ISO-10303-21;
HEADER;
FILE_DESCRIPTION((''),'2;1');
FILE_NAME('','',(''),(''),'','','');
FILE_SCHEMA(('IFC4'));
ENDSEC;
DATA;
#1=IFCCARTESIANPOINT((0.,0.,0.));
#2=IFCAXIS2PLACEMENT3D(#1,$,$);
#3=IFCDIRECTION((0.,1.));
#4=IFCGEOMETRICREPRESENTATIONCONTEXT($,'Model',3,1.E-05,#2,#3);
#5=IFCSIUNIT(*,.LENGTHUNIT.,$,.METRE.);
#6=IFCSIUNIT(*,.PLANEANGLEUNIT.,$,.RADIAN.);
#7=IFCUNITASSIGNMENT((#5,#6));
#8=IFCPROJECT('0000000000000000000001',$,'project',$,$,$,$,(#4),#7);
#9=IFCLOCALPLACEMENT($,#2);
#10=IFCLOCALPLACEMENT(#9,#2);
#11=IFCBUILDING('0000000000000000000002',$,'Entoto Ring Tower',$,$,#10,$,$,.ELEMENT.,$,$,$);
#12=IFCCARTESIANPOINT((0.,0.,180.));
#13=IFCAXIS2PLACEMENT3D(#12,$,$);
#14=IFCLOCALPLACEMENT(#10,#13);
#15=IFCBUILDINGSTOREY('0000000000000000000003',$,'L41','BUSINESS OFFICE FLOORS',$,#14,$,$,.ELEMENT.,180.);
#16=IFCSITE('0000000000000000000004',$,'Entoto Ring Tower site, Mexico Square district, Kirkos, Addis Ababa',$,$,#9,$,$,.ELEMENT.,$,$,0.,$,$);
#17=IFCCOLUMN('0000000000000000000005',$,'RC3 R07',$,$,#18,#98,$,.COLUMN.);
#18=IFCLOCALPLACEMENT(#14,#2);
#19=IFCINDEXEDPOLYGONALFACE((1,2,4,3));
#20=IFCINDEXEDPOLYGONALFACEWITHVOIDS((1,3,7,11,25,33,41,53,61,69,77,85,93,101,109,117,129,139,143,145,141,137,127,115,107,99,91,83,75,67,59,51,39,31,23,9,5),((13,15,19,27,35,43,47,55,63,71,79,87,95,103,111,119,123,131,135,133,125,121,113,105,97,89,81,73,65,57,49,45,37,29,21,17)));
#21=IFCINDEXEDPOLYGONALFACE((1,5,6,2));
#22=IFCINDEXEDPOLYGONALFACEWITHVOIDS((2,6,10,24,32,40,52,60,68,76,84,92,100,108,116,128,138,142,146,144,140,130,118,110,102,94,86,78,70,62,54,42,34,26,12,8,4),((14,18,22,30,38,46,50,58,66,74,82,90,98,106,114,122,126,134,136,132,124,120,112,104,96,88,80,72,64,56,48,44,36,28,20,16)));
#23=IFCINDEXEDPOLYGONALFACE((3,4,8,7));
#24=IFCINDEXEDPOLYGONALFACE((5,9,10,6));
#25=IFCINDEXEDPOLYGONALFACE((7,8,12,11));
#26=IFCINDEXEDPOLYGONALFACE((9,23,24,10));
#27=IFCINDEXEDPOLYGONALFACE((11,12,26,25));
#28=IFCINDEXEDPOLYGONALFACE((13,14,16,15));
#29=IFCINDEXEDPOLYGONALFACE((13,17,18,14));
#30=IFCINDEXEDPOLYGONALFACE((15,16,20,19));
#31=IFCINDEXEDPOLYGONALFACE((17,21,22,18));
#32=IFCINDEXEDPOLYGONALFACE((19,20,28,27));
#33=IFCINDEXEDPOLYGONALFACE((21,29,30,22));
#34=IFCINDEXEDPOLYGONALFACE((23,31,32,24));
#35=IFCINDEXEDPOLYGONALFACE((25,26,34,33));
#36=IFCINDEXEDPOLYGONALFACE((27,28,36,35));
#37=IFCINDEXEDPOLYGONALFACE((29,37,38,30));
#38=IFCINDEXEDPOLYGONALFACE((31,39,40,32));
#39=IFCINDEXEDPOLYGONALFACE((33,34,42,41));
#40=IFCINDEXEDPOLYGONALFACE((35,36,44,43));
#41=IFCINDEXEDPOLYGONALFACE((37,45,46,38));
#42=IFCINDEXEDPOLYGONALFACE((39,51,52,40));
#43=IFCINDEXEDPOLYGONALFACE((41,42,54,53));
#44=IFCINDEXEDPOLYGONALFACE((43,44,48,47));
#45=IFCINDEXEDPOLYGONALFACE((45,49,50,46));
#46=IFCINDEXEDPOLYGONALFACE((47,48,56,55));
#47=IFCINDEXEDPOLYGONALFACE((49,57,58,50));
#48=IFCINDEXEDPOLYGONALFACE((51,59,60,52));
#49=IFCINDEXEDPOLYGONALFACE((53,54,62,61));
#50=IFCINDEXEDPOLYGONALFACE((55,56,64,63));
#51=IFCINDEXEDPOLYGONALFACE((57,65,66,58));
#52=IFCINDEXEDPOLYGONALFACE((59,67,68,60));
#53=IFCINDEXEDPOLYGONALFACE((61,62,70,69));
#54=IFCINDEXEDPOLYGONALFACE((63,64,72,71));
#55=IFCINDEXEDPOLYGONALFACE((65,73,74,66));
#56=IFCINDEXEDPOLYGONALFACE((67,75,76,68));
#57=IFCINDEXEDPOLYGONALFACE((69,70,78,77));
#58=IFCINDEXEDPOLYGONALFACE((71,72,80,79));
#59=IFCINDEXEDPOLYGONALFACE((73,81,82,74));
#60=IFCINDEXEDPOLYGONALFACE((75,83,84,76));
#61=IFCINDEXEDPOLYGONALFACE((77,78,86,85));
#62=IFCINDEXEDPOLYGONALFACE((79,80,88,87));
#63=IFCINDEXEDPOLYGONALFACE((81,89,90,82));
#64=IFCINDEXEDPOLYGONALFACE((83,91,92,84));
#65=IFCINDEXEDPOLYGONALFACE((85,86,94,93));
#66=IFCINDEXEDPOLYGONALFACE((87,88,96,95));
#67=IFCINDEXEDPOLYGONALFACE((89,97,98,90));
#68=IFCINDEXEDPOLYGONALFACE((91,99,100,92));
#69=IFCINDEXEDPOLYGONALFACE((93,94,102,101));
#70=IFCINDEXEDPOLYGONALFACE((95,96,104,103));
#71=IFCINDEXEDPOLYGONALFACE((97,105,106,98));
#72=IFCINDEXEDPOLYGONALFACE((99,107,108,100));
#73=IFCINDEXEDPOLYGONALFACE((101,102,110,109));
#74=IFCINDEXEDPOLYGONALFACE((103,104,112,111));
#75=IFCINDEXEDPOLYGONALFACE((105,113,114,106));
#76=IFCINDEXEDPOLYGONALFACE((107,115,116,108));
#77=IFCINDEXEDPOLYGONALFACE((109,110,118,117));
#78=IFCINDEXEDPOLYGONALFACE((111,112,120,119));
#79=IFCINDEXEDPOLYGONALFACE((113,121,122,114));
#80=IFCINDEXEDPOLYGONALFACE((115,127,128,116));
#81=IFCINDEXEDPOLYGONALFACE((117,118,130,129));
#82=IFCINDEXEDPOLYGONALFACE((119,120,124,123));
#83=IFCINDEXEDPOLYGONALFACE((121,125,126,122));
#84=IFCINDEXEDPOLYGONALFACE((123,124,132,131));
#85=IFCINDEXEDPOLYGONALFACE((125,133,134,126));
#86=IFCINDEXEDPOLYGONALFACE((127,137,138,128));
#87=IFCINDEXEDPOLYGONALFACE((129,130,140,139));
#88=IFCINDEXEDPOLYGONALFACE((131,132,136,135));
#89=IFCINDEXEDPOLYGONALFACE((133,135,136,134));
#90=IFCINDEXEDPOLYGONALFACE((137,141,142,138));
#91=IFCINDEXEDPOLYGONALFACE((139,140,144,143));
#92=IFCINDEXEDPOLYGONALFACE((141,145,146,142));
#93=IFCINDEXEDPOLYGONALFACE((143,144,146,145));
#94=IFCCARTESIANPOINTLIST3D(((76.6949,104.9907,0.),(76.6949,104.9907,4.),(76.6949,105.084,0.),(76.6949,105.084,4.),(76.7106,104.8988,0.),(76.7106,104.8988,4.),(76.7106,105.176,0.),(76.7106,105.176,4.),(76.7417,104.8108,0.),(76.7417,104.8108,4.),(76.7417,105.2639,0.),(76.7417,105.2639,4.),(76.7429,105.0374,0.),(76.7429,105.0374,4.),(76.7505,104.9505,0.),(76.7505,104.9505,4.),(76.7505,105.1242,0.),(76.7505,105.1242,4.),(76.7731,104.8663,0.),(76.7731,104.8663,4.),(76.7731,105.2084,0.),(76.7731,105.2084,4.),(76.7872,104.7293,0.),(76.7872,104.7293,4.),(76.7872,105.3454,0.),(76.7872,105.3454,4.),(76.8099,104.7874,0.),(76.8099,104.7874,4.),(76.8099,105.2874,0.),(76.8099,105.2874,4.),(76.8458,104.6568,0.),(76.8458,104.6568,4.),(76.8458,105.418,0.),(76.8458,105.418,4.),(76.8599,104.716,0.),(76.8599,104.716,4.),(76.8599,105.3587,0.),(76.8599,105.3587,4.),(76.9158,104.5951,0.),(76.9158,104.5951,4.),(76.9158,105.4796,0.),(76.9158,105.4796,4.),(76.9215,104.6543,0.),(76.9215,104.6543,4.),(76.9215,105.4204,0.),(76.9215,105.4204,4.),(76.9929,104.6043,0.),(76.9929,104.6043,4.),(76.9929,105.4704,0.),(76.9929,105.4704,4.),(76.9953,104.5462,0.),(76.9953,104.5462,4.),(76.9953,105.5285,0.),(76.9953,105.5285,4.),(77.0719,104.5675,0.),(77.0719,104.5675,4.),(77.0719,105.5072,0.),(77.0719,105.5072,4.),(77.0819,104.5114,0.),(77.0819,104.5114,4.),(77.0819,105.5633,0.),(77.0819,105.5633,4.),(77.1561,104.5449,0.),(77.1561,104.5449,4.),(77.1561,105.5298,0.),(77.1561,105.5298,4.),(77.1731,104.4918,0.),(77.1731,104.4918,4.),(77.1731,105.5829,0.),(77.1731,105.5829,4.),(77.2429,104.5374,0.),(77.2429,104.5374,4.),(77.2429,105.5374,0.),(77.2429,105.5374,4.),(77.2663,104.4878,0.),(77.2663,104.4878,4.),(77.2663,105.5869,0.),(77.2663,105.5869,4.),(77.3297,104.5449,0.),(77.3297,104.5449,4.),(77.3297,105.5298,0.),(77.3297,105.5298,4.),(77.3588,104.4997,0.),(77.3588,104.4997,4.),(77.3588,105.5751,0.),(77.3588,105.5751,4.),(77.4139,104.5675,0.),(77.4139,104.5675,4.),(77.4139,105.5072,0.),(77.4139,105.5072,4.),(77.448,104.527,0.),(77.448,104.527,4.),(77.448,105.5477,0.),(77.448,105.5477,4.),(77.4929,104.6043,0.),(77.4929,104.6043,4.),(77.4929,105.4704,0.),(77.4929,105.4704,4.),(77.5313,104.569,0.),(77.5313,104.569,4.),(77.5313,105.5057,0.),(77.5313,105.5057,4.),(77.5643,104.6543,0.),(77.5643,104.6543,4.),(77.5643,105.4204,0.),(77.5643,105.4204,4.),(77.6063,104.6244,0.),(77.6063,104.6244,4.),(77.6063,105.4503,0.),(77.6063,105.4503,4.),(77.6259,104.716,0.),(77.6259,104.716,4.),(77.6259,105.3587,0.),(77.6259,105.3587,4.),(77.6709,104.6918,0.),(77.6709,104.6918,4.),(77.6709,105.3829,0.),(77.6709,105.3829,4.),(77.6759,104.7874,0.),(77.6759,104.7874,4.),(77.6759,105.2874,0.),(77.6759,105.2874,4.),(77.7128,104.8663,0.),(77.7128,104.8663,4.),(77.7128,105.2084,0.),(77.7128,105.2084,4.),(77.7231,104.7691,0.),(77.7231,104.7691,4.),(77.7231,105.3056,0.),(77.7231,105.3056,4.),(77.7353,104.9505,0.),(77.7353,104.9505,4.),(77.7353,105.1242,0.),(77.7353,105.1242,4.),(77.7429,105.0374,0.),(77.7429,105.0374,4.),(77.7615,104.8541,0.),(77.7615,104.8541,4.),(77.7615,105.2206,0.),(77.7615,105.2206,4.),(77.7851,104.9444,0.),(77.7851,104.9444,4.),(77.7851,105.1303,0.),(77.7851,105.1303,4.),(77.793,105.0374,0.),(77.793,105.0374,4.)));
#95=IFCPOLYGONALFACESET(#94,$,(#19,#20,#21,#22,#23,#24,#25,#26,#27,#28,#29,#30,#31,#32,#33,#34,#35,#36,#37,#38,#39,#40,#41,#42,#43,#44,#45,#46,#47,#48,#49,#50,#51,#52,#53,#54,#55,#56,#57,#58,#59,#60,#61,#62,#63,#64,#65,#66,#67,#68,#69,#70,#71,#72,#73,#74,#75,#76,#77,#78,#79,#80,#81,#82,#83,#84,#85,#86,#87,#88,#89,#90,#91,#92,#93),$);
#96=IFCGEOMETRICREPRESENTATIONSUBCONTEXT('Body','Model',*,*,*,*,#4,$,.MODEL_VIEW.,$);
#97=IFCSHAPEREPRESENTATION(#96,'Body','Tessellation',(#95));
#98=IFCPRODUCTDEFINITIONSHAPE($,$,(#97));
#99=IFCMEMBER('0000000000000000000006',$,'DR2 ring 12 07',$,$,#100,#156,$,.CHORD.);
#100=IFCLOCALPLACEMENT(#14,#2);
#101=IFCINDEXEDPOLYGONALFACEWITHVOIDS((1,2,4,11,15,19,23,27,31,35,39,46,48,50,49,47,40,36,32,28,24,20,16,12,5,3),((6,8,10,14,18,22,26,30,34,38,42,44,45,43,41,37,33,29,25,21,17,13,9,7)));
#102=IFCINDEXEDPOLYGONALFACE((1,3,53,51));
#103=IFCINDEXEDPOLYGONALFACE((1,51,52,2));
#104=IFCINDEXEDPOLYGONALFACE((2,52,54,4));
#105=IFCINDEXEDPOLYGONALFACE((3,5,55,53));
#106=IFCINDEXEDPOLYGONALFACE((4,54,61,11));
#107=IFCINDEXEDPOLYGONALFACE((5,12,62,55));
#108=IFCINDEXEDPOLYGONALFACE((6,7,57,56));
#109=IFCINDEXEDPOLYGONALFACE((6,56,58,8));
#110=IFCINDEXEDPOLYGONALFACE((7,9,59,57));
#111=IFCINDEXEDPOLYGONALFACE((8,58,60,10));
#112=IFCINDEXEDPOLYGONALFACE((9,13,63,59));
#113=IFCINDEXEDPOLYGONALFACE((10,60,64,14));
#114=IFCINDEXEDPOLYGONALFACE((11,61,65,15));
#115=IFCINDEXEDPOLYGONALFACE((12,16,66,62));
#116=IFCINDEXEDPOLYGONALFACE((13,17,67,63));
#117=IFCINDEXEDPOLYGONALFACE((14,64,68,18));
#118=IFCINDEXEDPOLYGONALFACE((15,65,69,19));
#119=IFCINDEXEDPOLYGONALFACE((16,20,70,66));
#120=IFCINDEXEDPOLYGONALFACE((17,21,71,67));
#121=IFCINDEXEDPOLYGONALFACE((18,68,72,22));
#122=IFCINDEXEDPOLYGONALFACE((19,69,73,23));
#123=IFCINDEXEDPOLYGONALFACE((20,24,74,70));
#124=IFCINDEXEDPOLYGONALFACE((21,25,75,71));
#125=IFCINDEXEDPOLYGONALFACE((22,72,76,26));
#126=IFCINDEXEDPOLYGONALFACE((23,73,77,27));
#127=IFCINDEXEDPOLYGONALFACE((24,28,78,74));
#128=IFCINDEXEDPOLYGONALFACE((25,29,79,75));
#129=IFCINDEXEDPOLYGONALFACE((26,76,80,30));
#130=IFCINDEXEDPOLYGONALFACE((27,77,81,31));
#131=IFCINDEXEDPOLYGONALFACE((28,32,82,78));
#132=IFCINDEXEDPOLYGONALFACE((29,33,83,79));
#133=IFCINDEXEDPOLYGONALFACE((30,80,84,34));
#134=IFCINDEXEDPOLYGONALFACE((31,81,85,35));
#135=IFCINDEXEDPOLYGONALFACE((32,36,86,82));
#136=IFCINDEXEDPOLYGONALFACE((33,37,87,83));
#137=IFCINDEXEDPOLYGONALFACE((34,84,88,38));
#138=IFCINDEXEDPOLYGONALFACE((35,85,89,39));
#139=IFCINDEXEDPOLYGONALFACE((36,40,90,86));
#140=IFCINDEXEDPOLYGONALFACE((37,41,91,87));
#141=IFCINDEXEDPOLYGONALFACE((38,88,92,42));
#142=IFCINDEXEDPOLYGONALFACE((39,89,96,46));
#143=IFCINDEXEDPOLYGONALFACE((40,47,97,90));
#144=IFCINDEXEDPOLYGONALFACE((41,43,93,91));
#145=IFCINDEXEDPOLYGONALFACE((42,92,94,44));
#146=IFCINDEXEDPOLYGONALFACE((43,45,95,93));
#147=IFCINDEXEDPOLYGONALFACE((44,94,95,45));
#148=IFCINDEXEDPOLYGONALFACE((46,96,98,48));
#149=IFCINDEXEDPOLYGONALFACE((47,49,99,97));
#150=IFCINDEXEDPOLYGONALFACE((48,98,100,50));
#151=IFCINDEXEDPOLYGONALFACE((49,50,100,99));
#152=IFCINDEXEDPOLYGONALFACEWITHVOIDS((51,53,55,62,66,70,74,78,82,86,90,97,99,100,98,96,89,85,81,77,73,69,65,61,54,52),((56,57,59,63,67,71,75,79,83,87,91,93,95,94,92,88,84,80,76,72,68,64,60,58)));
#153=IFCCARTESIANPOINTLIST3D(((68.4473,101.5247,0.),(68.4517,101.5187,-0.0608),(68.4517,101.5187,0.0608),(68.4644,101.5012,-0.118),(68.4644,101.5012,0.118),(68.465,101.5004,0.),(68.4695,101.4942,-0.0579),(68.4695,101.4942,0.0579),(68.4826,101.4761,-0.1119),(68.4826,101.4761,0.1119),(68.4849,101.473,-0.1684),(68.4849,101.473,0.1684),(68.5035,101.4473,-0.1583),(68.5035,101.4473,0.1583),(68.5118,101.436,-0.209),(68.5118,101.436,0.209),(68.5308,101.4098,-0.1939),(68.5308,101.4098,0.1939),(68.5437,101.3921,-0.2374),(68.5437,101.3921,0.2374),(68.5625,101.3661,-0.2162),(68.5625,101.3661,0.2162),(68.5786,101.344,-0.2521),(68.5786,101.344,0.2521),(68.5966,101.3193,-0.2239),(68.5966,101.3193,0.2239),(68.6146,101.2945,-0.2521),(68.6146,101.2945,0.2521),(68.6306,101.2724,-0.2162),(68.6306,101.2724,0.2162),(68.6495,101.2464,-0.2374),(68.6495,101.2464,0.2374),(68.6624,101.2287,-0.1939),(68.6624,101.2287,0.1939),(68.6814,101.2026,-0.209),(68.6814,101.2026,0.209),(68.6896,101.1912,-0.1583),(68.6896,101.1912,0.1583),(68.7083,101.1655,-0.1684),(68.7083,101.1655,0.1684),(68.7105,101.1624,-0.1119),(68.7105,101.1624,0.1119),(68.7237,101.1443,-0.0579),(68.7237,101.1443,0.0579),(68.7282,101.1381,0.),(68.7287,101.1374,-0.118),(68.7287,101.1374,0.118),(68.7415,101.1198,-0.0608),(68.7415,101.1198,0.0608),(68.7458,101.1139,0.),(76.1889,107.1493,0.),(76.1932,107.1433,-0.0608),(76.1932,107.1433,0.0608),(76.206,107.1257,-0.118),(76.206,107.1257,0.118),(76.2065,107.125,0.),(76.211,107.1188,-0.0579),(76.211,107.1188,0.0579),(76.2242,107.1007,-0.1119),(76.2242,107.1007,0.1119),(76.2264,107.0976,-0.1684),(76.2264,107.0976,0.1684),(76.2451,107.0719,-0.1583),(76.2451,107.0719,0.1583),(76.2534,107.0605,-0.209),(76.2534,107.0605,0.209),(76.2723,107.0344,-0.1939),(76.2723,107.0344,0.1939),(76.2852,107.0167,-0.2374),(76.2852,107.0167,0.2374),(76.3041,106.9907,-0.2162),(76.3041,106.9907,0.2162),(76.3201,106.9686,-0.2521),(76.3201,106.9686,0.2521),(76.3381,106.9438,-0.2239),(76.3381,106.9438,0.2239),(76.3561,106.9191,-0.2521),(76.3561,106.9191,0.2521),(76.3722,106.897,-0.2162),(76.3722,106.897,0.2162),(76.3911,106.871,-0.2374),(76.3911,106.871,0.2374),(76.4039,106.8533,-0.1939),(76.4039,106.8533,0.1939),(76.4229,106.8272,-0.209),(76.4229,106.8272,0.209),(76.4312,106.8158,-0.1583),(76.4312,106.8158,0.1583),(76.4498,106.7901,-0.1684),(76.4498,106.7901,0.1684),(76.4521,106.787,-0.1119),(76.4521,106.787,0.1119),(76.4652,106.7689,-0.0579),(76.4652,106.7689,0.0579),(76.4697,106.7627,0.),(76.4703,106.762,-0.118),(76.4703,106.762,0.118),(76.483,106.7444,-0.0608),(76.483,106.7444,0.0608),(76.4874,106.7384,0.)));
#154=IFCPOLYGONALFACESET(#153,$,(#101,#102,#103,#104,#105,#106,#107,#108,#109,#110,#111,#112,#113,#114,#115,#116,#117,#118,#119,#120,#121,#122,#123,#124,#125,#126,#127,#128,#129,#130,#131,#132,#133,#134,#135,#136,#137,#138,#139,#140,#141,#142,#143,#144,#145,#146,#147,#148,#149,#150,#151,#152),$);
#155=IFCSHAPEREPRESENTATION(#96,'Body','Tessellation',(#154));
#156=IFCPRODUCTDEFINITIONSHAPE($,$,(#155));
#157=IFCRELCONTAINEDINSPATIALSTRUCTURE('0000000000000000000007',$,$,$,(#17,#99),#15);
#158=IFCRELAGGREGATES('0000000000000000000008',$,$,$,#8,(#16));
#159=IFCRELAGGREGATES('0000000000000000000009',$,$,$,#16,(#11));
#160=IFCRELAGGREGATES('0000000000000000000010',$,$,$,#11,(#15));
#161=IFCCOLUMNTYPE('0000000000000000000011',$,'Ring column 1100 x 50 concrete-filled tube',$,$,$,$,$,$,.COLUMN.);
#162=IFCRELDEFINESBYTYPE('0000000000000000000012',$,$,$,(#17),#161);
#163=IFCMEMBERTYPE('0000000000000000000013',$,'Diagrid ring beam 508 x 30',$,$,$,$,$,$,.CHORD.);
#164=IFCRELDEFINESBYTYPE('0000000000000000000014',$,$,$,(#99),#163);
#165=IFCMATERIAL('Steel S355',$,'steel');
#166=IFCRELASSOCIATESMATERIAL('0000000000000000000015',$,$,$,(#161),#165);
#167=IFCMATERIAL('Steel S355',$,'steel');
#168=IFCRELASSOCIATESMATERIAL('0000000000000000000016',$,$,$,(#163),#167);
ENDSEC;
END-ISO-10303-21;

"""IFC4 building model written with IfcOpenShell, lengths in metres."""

from ifc_helpers import new_model, si_unit, direction, frame, origin, origin_2d, place, context, subcontext, project, spatial, circle, hollow_circle, extrude, material, material_profile, profile_set, type_object, element, save


model = new_model("IFC4")

# Units and contexts
model_context = context("Model", 3, precision=1e-05, world=origin(), true_north=direction((0.0, 1.0)))
body_context = subcontext(model_context, "Body", "Model", "MODEL_VIEW")
ifc_project = project(units=[si_unit("LENGTHUNIT", "METRE"), si_unit("PLANEANGLEUNIT", "RADIAN")], contexts=[model_context])

# Site, building, storey
site_placement = place(None, origin())
site = spatial("IfcSite", under=ifc_project, at=site_placement, Name="Entoto Ring Tower site, Mexico Square district, Kirkos, Addis Ababa", CompositionType="ELEMENT", RefElevation=0.0)
building_placement = place(site_placement, origin())
building = spatial("IfcBuilding", under=site, at=building_placement, Name="Entoto Ring Tower", CompositionType="ELEMENT")
storey_placement = place(building_placement, frame((0.0, 0.0, 180.0)))
storey = spatial("IfcBuildingStorey", under=building, at=storey_placement, Name="L41", Description="BUSINESS OFFICE FLOORS", CompositionType="ELEMENT", Elevation=180.0)

# Column
ifc_material_1 = material(Name="Steel S355", Category="steel")
ifc_material_profile_1 = material_profile(ifc_material_1, hollow_circle(Radius=0.55, WallThickness=0.05, at=origin_2d()), Name="CHS 1100 x 50")
ifc_material_2 = material(Name="Concrete C60/75", Category="concrete")
ifc_material_profile_2 = material_profile(ifc_material_2, circle(Radius=0.5, at=origin_2d()), Name="Concrete C60/75 infill")
ifc_profile_set_1 = profile_set([ifc_material_profile_1, ifc_material_profile_2], Name="Steel S355")
column_type = type_object("IfcColumnType", Name="Ring column 1100 x 50 concrete-filled tube", PredefinedType="COLUMN", material=ifc_profile_set_1)
column_placement = place(storey_placement, frame((77.2429, 105.0374, 0.0), z_axis=(0.0, 0.0, 1.0), x_axis=(1.0, 0.0, 0.0)))
element("IfcColumn", 1, at=column_placement, inside=storey, type_object=column_type, Name="RC3 R07", PredefinedType="COLUMN", context=body_context, shape_type="SweptSolid", body=[
    extrude(hollow_circle(Radius=0.55, WallThickness=0.05, at=origin_2d()), origin(), (0.0, 0.0, 1.0), 4.0),
])

# Member
ifc_material_3 = material(Name="Steel S355", Category="steel")
ifc_material_profile_3 = material_profile(ifc_material_3, hollow_circle(Radius=0.2539, WallThickness=0.03, at=origin_2d()), Name="CHS 508 x 30")
ifc_material_4 = material(Name="Concrete C60/75", Category="concrete")
ifc_material_profile_4 = material_profile(ifc_material_4, circle(Radius=0.2241, at=origin_2d()), Name="Concrete C60/75 infill")
ifc_profile_set_2 = profile_set([ifc_material_profile_3, ifc_material_profile_4], Name="Steel S355")
member_type = type_object("IfcMemberType", Name="Diagrid ring beam 508 x 30", PredefinedType="CHORD", material=ifc_profile_set_2)
member_placement = place(storey_placement, frame((76.3381, 106.9438, 0.0), z_axis=(-0.809016, -0.587786, 0.0), x_axis=(0.587786, -0.809016, 0.0)))
element("IfcMember", 2, at=member_placement, inside=storey, type_object=member_type, Name="DR2 ring 12 07", PredefinedType="CHORD", context=body_context, shape_type="SweptSolid", body=[
    extrude(hollow_circle(Radius=0.2539, WallThickness=0.03, at=origin_2d()), origin(), (0.0, 0.0, 1.0), 9.5691),
])

save(model, "model.ifc")
